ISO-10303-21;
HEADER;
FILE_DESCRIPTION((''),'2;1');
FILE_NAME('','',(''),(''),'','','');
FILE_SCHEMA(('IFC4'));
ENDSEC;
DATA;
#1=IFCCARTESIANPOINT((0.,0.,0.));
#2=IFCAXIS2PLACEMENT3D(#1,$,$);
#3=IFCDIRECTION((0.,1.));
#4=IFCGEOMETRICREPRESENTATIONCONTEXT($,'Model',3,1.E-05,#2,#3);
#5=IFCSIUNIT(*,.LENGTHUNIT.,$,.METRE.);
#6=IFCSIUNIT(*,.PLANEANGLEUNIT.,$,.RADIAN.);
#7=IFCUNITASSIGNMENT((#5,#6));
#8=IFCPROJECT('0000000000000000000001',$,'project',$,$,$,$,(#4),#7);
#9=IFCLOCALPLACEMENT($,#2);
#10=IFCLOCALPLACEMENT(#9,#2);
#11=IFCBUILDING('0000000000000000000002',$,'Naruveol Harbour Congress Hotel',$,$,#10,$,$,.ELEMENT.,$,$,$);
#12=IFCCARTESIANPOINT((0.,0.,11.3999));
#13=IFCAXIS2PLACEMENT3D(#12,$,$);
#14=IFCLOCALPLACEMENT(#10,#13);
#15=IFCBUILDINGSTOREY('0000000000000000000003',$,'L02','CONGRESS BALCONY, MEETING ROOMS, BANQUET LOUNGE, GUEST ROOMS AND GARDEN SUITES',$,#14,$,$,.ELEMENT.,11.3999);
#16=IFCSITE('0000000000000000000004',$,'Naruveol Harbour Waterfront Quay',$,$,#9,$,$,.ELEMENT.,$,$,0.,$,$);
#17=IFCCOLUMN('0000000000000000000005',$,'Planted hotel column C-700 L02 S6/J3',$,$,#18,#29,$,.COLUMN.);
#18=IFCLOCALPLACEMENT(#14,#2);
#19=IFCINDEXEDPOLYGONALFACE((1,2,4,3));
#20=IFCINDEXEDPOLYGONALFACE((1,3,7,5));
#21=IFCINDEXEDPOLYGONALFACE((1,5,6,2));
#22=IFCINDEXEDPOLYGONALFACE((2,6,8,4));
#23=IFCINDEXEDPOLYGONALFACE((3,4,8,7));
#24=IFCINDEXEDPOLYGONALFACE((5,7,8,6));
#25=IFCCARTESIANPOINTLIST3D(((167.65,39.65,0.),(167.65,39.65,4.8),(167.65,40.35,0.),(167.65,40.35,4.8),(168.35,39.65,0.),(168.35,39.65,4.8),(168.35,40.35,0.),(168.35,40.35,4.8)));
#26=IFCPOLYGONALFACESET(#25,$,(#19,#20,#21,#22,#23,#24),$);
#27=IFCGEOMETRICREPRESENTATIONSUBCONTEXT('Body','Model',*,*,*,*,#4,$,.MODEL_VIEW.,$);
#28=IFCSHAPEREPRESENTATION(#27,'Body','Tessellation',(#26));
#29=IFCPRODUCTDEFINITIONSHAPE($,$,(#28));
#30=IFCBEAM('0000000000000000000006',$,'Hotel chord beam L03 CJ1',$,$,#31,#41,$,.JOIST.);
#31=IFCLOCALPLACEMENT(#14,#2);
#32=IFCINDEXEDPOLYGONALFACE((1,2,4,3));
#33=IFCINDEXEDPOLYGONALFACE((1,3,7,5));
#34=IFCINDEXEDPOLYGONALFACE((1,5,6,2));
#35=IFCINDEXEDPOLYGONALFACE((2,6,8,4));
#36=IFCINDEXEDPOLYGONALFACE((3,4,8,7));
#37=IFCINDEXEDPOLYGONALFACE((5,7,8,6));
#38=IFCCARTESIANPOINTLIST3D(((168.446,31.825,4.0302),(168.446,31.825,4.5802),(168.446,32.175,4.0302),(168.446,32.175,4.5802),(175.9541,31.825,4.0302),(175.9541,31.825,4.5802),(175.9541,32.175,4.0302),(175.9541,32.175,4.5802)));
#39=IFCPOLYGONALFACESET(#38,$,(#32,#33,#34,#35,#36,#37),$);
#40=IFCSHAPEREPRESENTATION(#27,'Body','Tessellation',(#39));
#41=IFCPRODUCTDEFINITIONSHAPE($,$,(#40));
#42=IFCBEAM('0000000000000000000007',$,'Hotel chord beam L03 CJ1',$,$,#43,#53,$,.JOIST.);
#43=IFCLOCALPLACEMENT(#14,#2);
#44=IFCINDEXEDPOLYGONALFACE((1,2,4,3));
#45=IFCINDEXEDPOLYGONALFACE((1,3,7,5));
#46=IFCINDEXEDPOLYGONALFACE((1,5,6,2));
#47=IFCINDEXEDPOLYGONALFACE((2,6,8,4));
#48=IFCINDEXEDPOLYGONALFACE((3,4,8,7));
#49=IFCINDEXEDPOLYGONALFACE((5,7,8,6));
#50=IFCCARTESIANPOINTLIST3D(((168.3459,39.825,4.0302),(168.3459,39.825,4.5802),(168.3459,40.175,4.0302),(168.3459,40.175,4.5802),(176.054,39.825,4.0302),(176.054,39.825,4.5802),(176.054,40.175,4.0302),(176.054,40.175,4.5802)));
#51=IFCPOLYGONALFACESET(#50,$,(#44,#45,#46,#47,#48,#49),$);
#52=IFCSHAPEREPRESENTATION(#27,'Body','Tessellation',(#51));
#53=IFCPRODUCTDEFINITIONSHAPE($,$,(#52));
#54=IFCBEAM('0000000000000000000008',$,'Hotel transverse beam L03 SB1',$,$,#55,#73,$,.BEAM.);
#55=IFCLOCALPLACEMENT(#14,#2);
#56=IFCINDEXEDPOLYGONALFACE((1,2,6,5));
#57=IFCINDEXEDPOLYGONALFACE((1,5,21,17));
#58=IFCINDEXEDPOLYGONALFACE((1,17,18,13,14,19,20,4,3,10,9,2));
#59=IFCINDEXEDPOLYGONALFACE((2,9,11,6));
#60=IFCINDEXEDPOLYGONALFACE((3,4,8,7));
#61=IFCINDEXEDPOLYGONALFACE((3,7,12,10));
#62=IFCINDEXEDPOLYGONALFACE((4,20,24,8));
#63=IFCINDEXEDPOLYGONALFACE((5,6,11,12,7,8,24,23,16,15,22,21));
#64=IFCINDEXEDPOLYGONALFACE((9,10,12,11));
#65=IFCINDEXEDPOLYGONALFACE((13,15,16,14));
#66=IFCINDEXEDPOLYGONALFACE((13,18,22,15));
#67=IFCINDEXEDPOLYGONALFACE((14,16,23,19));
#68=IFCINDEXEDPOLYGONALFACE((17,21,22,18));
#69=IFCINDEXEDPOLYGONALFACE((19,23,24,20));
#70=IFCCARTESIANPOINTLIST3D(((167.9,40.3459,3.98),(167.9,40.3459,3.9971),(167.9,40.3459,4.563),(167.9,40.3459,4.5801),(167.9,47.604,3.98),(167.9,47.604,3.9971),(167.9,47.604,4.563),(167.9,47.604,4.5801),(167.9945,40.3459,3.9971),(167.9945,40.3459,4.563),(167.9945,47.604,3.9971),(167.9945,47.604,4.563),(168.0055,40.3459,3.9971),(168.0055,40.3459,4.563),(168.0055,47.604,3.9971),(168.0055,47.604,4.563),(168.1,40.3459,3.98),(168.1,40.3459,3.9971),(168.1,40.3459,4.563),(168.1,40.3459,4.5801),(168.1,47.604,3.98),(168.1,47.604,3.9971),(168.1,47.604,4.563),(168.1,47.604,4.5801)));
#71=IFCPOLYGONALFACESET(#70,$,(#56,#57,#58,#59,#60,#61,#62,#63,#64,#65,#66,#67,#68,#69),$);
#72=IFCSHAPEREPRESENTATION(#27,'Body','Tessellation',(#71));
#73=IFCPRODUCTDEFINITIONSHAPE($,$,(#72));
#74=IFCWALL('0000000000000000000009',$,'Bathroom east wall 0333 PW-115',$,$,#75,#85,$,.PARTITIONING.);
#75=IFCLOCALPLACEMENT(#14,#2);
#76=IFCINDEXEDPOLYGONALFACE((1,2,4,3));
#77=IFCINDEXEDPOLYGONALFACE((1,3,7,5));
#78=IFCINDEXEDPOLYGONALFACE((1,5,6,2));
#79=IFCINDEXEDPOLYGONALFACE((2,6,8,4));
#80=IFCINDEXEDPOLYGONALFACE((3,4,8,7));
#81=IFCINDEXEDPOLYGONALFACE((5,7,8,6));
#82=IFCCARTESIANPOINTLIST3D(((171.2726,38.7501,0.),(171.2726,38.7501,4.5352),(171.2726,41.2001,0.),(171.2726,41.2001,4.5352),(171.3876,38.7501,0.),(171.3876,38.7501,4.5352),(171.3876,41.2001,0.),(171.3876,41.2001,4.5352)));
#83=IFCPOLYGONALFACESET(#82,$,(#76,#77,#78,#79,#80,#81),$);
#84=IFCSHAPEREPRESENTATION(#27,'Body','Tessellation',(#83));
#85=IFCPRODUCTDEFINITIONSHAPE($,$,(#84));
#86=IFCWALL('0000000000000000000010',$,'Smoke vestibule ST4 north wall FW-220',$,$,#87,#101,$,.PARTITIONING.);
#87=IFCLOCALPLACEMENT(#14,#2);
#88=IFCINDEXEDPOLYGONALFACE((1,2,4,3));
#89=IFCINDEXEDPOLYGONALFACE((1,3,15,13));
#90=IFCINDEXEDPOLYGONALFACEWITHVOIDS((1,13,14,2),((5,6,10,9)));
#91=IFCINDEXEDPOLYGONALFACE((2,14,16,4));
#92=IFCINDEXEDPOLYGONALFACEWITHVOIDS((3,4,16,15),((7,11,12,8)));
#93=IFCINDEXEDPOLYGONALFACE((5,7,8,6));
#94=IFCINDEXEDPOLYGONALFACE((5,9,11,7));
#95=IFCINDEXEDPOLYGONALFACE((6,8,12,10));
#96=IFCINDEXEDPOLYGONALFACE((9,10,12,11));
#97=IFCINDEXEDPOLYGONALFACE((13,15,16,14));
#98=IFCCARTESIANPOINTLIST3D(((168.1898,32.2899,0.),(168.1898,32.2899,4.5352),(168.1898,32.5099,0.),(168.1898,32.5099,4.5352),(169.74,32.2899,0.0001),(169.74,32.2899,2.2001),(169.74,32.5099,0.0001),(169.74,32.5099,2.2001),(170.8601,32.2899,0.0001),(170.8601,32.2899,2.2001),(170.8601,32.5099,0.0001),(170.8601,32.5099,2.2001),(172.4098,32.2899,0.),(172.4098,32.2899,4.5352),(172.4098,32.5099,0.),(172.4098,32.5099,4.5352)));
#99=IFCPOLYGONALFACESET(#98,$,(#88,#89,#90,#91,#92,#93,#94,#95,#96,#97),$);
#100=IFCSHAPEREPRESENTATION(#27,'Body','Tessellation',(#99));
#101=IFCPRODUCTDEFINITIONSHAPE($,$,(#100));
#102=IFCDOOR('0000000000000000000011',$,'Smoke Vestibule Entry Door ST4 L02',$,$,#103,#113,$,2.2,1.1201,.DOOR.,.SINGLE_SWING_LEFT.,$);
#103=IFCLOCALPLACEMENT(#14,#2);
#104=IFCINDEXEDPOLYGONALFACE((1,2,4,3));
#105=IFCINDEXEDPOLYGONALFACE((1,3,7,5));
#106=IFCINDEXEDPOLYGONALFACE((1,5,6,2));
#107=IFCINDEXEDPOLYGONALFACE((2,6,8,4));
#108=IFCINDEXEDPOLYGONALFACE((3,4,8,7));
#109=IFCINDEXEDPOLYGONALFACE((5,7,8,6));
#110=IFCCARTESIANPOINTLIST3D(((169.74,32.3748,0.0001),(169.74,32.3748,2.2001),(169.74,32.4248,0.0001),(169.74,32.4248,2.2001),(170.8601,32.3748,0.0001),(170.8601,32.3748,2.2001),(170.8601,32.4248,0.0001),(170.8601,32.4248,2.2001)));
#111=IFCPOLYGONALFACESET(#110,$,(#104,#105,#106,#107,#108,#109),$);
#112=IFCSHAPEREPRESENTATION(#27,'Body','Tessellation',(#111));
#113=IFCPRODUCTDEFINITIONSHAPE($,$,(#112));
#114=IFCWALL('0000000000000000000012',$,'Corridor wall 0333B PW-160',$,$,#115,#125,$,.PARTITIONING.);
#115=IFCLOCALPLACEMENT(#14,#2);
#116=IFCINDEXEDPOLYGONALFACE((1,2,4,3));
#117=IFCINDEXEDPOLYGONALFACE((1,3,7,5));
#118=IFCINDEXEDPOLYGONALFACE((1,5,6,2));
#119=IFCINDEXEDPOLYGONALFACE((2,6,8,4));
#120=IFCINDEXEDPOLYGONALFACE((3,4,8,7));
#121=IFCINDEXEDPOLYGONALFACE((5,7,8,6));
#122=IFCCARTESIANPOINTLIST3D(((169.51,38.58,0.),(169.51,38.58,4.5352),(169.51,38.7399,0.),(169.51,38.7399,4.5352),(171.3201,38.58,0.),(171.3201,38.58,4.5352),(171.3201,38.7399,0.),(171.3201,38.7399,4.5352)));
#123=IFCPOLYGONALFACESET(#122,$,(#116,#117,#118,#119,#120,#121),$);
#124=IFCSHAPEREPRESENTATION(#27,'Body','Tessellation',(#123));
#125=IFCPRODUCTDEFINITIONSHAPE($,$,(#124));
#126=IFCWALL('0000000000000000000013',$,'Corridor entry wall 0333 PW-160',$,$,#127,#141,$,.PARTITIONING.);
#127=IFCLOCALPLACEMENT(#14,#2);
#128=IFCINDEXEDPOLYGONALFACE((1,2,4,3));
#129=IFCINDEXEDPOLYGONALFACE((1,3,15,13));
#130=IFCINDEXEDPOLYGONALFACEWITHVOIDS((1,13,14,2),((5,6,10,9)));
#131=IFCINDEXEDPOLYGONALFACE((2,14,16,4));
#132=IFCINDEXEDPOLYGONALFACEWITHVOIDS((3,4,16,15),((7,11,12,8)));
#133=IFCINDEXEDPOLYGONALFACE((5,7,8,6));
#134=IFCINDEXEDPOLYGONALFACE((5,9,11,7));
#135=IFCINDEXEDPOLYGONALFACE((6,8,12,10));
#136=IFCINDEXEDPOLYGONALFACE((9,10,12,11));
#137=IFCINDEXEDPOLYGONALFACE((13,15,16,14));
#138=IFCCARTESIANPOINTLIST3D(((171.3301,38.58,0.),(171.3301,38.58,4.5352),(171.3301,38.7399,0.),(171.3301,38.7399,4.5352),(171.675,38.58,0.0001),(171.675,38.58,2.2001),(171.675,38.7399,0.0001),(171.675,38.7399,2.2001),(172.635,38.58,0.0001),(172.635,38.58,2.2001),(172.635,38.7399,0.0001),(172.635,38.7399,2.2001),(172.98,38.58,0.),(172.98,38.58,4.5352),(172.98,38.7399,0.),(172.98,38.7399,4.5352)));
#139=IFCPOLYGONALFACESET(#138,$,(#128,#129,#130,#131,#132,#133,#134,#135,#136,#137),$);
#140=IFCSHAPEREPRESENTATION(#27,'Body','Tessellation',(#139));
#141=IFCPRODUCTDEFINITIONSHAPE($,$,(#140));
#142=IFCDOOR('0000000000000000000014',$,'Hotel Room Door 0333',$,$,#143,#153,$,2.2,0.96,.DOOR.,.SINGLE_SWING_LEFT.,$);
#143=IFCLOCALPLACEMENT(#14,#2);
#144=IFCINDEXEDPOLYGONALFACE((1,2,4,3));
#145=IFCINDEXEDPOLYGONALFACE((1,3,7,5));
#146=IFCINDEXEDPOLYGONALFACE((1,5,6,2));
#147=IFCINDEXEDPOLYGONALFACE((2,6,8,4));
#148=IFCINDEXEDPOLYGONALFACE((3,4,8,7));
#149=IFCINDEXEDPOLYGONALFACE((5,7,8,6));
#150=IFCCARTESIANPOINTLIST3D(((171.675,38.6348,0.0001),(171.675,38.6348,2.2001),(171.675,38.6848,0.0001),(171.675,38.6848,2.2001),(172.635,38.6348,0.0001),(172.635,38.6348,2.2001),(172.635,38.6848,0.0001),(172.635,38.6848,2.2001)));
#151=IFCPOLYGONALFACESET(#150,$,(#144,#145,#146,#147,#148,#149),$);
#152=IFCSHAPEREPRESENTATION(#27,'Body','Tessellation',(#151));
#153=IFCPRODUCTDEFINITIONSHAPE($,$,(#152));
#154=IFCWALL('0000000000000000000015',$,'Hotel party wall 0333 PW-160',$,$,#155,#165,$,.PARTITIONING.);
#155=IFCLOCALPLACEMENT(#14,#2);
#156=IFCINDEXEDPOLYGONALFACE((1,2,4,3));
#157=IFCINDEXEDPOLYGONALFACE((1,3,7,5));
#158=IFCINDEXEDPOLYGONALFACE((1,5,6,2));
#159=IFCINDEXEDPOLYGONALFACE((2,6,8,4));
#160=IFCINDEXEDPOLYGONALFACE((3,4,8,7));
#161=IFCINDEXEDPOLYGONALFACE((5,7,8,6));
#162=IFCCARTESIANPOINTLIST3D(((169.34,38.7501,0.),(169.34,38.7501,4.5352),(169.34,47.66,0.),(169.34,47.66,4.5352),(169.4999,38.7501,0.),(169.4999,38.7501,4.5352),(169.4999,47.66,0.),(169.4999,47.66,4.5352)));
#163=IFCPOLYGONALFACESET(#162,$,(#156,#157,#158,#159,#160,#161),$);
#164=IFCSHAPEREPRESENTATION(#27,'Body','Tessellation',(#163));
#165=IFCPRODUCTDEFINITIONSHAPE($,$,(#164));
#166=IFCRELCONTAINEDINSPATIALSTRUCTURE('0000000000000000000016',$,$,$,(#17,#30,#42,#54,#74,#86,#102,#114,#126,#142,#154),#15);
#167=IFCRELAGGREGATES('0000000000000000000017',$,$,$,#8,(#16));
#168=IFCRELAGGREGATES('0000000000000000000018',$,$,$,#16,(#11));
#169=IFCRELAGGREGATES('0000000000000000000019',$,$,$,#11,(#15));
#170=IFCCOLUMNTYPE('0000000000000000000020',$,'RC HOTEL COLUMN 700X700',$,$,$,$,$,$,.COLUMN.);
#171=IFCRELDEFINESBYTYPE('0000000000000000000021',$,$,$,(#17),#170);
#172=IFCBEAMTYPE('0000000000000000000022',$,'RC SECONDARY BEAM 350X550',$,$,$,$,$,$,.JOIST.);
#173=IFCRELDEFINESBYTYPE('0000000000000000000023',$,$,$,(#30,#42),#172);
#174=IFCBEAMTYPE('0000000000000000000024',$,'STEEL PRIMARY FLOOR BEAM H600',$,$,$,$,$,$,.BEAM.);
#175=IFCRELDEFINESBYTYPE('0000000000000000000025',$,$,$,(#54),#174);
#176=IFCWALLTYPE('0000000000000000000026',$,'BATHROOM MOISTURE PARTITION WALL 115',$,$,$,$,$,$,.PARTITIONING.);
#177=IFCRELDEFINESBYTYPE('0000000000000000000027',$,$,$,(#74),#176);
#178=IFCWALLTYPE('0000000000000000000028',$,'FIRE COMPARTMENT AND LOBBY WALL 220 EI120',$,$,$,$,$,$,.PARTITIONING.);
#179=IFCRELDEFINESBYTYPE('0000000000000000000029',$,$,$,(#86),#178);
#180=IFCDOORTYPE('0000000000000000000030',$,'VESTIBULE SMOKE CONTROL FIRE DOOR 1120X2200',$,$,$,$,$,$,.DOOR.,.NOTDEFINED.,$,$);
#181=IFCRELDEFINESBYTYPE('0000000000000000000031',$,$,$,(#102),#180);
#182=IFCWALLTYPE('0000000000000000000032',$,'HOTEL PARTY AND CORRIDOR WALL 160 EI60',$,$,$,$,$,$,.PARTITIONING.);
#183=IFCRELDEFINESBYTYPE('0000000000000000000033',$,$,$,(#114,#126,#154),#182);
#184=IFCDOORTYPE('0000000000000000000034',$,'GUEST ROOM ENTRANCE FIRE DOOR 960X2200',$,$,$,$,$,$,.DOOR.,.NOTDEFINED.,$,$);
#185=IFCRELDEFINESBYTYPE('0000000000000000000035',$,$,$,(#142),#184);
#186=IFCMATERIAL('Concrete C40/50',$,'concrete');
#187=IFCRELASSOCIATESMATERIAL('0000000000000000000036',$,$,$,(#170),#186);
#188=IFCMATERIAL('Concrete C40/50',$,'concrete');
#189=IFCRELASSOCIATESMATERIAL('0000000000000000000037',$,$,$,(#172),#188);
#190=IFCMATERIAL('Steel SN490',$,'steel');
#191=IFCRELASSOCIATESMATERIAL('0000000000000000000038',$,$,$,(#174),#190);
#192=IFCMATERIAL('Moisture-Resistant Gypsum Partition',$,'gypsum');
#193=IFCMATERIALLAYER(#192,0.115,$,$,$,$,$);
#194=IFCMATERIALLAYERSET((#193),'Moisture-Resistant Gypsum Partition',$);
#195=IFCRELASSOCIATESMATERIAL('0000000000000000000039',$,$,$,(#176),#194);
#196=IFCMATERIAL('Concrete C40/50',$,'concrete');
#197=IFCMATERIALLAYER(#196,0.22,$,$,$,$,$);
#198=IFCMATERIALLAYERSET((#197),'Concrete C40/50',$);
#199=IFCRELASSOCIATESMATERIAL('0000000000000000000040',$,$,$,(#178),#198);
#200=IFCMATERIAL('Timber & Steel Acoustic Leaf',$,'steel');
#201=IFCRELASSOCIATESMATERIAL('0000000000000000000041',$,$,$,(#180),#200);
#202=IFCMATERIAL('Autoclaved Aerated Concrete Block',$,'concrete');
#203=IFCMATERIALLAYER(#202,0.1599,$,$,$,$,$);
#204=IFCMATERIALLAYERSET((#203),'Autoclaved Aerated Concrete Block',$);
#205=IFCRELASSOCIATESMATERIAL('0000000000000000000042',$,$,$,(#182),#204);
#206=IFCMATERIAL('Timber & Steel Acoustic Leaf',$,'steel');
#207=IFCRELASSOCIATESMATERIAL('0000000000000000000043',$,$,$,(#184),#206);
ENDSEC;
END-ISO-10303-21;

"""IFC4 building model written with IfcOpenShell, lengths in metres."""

from ifc_helpers import new_model, si_unit, direction, frame, frame_2d, origin, origin_2d, place, context, subcontext, project, spatial, rectangle, i_section, extrude, material, layer, layer_set, material_profile, profile_set, type_object, element, fill, save


model = new_model("IFC4")

# Units and contexts
model_context = context("Model", 3, precision=1e-05, world=origin(), true_north=direction((0.0, 1.0)))
body_context = subcontext(model_context, "Body", "Model", "MODEL_VIEW")
ifc_project = project(units=[si_unit("LENGTHUNIT", "METRE"), si_unit("PLANEANGLEUNIT", "RADIAN")], contexts=[model_context])

# Site, building, storey
site_placement = place(None, origin())
site = spatial("IfcSite", under=ifc_project, at=site_placement, Name="Naruveol Harbour Waterfront Quay", CompositionType="ELEMENT", RefElevation=0.0)
building_placement = place(site_placement, origin())
building = spatial("IfcBuilding", under=site, at=building_placement, Name="Naruveol Harbour Congress Hotel", CompositionType="ELEMENT")
storey_placement = place(building_placement, frame((0.0, 0.0, 11.3999)))
storey = spatial("IfcBuildingStorey", under=building, at=storey_placement, Name="L02", Description="CONGRESS BALCONY, MEETING ROOMS, BANQUET LOUNGE, GUEST ROOMS AND GARDEN SUITES", CompositionType="ELEMENT", Elevation=11.3999)

# Column
ifc_material_1 = material(Name="Concrete C40/50", Category="concrete")
ifc_material_profile_1 = material_profile(ifc_material_1, rectangle(XDim=0.7, YDim=0.7, at=origin_2d()), Name="RC-700x700")
ifc_profile_set_1 = profile_set([ifc_material_profile_1], Name="Concrete C40/50")
column_type = type_object("IfcColumnType", Name="RC HOTEL COLUMN 700X700", PredefinedType="COLUMN", material=ifc_profile_set_1)
column_placement = place(storey_placement, frame((168.0, 40.0, 0.0), z_axis=(0.0, 0.0, 1.0), x_axis=(1.0, 0.0, 0.0)))
element("IfcColumn", 1, at=column_placement, inside=storey, type_object=column_type, Name="Planted hotel column C-700 L02 S6/J3", PredefinedType="COLUMN", context=body_context, shape_type="SweptSolid", body=[
    extrude(rectangle(XDim=0.7, YDim=0.7, at=origin_2d()), origin(), (0.0, 0.0, 1.0), 4.8),
])

# Beams
ifc_material_2 = material(Name="Concrete C40/50", Category="concrete")
ifc_material_profile_2 = material_profile(ifc_material_2, rectangle(XDim=0.3501, YDim=0.55, at=origin_2d()), Name="RCB-350x550")
ifc_profile_set_2 = profile_set([ifc_material_profile_2], Name="Concrete C40/50")
beam_type_1 = type_object("IfcBeamType", Name="RC SECONDARY BEAM 350X550", PredefinedType="JOIST", material=ifc_profile_set_2)
beam_1_placement = place(storey_placement, frame((168.446, 32.0, 4.3052), z_axis=(1.0, 0.0, 0.0), x_axis=(0.0, 1.0, 0.0)))
element("IfcBeam", 2, at=beam_1_placement, inside=storey, type_object=beam_type_1, Name="Hotel chord beam L03 CJ1", PredefinedType="JOIST", context=body_context, shape_type="SweptSolid", body=[
    extrude(rectangle(XDim=0.3501, YDim=0.55, at=origin_2d()), origin(), (0.0, 0.0, 1.0), 7.5081),
])
beam_2_placement = place(storey_placement, frame((168.3459, 40.0, 4.3052), z_axis=(1.0, 0.0, 0.0), x_axis=(0.0, 1.0, 0.0)))
element("IfcBeam", 3, at=beam_2_placement, inside=storey, type_object=beam_type_1, Name="Hotel chord beam L03 CJ1", PredefinedType="JOIST", context=body_context, shape_type="SweptSolid", body=[
    extrude(rectangle(XDim=0.3501, YDim=0.55, at=origin_2d()), origin(), (0.0, 0.0, 1.0), 7.708),
])
ifc_material_3 = material(Name="Steel SN490", Category="steel")
ifc_material_profile_3 = material_profile(ifc_material_3, i_section(OverallWidth=0.2, OverallDepth=0.6001, WebThickness=0.011, FlangeThickness=0.0171, at=origin_2d()), Name="H-600x200x11x17")
ifc_profile_set_3 = profile_set([ifc_material_profile_3], Name="Steel SN490")
beam_type_2 = type_object("IfcBeamType", Name="STEEL PRIMARY FLOOR BEAM H600", PredefinedType="BEAM", material=ifc_profile_set_3)
beam_3_placement = place(storey_placement, frame((168.0, 40.3459, 4.28), z_axis=(0.0, 1.0, 0.0), x_axis=(-1.0, 0.0, 0.0)))
element("IfcBeam", 4, at=beam_3_placement, inside=storey, type_object=beam_type_2, Name="Hotel transverse beam L03 SB1", PredefinedType="BEAM", context=body_context, shape_type="SweptSolid", body=[
    extrude(i_section(OverallWidth=0.2, OverallDepth=0.6001, WebThickness=0.011, FlangeThickness=0.0171, at=origin_2d()), origin(), (0.0, 0.0, 1.0), 7.2581),
])

# Wall
ifc_material_4 = material(Name="Moisture-Resistant Gypsum Partition", Category="gypsum")
ifc_layer_1 = layer(ifc_material_4, 0.115)
ifc_layer_set_1 = layer_set([ifc_layer_1], Name="Moisture-Resistant Gypsum Partition")
wall_type_1 = type_object("IfcWallType", Name="BATHROOM MOISTURE PARTITION WALL 115", PredefinedType="PARTITIONING", material=ifc_layer_set_1)
wall_1_placement = place(storey_placement, frame((171.3301, 38.75, 0.0), z_axis=(0.0, 0.0, 1.0), x_axis=(0.0, 1.0, 0.0)))
element("IfcWall", 5, at=wall_1_placement, inside=storey, type_object=wall_type_1, Name="Bathroom east wall 0333 PW-115", PredefinedType="PARTITIONING", context=body_context, shape_type="SweptSolid", body=[
    extrude(rectangle(XDim=2.45, YDim=0.115, at=frame_2d((1.2251, 0.0))), origin(), (0.0, 0.0, 1.0), 4.5352),
])

# Wall, opening, door
ifc_material_5 = material(Name="Concrete C40/50", Category="concrete")
ifc_layer_2 = layer(ifc_material_5, 0.22)
ifc_layer_set_2 = layer_set([ifc_layer_2], Name="Concrete C40/50")
wall_type_2 = type_object("IfcWallType", Name="FIRE COMPARTMENT AND LOBBY WALL 220 EI120", PredefinedType="PARTITIONING", material=ifc_layer_set_2)
wall_2_placement = place(storey_placement, frame((168.1899, 32.3999, 0.0), z_axis=(0.0, 0.0, 1.0), x_axis=(1.0, 0.0, 0.0)))
wall_2 = element("IfcWall", 6, at=wall_2_placement, inside=storey, type_object=wall_type_2, Name="Smoke vestibule ST4 north wall FW-220", PredefinedType="PARTITIONING", context=body_context, shape_type="SweptSolid", body=[
    extrude(rectangle(XDim=4.22, YDim=0.22, at=frame_2d((2.1099, 0.0))), origin(), (0.0, 0.0, 1.0), 4.5352),
])
opening_1_placement = place(wall_2_placement, frame((1.55, 0.0, 0.0)))
opening_1 = element("IfcOpeningElement", 7, at=opening_1_placement, cuts=wall_2, PredefinedType="OPENING", context=body_context, shape_type="SweptSolid", body=[
    extrude(rectangle(XDim=1.1201, YDim=2.2, at=frame_2d((0.5601, 1.1001))), frame((0.0, 0.1199, 0.0), z_axis=(0.0, -1.0, 0.0), x_axis=(1.0, 0.0, 0.0)), (0.0, 0.0, 1.0), 0.24),
])
ifc_material_6 = material(Name="Timber & Steel Acoustic Leaf", Category="steel")
door_type_1 = type_object("IfcDoorType", Name="VESTIBULE SMOKE CONTROL FIRE DOOR 1120X2200", OperationType="NOTDEFINED", PredefinedType="DOOR", material=ifc_material_6)
door_1_placement = place(opening_1_placement, origin())
door_1 = element("IfcDoor", 8, at=door_1_placement, inside=storey, type_object=door_type_1, Name="Smoke Vestibule Entry Door ST4 L02", OperationType="SINGLE_SWING_LEFT", OverallHeight=2.2, OverallWidth=1.1201, PredefinedType="DOOR", context=body_context, shape_type="SweptSolid", body=[
    extrude(rectangle(XDim=1.1201, YDim=2.2, at=frame_2d((0.5601, 1.1001))), frame((0.0, 0.0249, 0.0), z_axis=(0.0, -1.0, 0.0), x_axis=(1.0, 0.0, 0.0)), (0.0, 0.0, 1.0), 0.05),
])
fill(opening_1, door_1)

# Wall
ifc_material_7 = material(Name="Autoclaved Aerated Concrete Block", Category="concrete")
ifc_layer_3 = layer(ifc_material_7, 0.1599)
ifc_layer_set_3 = layer_set([ifc_layer_3], Name="Autoclaved Aerated Concrete Block")
wall_type_3 = type_object("IfcWallType", Name="HOTEL PARTY AND CORRIDOR WALL 160 EI60", PredefinedType="PARTITIONING", material=ifc_layer_set_3)
wall_3_placement = place(storey_placement, frame((169.51, 38.6599, 0.0), z_axis=(0.0, 0.0, 1.0), x_axis=(1.0, 0.0, 0.0)))
element("IfcWall", 9, at=wall_3_placement, inside=storey, type_object=wall_type_3, Name="Corridor wall 0333B PW-160", PredefinedType="PARTITIONING", context=body_context, shape_type="SweptSolid", body=[
    extrude(rectangle(XDim=1.8101, YDim=0.1599, at=frame_2d((0.905, 0.0))), origin(), (0.0, 0.0, 1.0), 4.5352),
])

# Wall, opening, door
wall_4_placement = place(storey_placement, frame((171.3301, 38.6599, 0.0), z_axis=(0.0, 0.0, 1.0), x_axis=(1.0, 0.0, 0.0)))
wall_4 = element("IfcWall", 10, at=wall_4_placement, inside=storey, type_object=wall_type_3, Name="Corridor entry wall 0333 PW-160", PredefinedType="PARTITIONING", context=body_context, shape_type="SweptSolid", body=[
    extrude(rectangle(XDim=1.6499, YDim=0.1599, at=frame_2d((0.825, 0.0))), origin(), (0.0, 0.0, 1.0), 4.5352),
])
opening_2_placement = place(wall_4_placement, frame((0.345, 0.0, 0.0)))
opening_2 = element("IfcOpeningElement", 11, at=opening_2_placement, cuts=wall_4, PredefinedType="OPENING", context=body_context, shape_type="SweptSolid", body=[
    extrude(rectangle(XDim=0.96, YDim=2.2, at=frame_2d((0.48, 1.1001))), frame((0.0, 0.0898, 0.0), z_axis=(0.0, -1.0, 0.0), x_axis=(1.0, 0.0, 0.0)), (0.0, 0.0, 1.0), 0.1799),
])
ifc_material_8 = material(Name="Timber & Steel Acoustic Leaf", Category="steel")
door_type_2 = type_object("IfcDoorType", Name="GUEST ROOM ENTRANCE FIRE DOOR 960X2200", OperationType="NOTDEFINED", PredefinedType="DOOR", material=ifc_material_8)
door_2_placement = place(opening_2_placement, origin())
door_2 = element("IfcDoor", 12, at=door_2_placement, inside=storey, type_object=door_type_2, Name="Hotel Room Door 0333", OperationType="SINGLE_SWING_LEFT", OverallHeight=2.2, OverallWidth=0.96, PredefinedType="DOOR", context=body_context, shape_type="SweptSolid", body=[
    extrude(rectangle(XDim=0.96, YDim=2.2, at=frame_2d((0.48, 1.1001))), frame((0.0, 0.0249, 0.0), z_axis=(0.0, -1.0, 0.0), x_axis=(1.0, 0.0, 0.0)), (0.0, 0.0, 1.0), 0.05),
])
fill(opening_2, door_2)

# Wall
for number, where, z_axis, x_axis, name in (
    (13, (169.4199, 38.75, 0.0), (0.0, 0.0, 1.0), (0.0, 1.0, 0.0), "Hotel party wall 0333 PW-160"),
):
    element("IfcWall", number, at=place(storey_placement, frame(where, z_axis=z_axis, x_axis=x_axis)), inside=storey, type_object=wall_type_3, Name=name, PredefinedType="PARTITIONING", context=body_context, shape_type="SweptSolid", body=[
        extrude(rectangle(XDim=8.9099, YDim=0.1599, at=frame_2d((4.4551, 0.0))), origin(), (0.0, 0.0, 1.0), 4.5352),
    ])

save(model, "model.ifc")
